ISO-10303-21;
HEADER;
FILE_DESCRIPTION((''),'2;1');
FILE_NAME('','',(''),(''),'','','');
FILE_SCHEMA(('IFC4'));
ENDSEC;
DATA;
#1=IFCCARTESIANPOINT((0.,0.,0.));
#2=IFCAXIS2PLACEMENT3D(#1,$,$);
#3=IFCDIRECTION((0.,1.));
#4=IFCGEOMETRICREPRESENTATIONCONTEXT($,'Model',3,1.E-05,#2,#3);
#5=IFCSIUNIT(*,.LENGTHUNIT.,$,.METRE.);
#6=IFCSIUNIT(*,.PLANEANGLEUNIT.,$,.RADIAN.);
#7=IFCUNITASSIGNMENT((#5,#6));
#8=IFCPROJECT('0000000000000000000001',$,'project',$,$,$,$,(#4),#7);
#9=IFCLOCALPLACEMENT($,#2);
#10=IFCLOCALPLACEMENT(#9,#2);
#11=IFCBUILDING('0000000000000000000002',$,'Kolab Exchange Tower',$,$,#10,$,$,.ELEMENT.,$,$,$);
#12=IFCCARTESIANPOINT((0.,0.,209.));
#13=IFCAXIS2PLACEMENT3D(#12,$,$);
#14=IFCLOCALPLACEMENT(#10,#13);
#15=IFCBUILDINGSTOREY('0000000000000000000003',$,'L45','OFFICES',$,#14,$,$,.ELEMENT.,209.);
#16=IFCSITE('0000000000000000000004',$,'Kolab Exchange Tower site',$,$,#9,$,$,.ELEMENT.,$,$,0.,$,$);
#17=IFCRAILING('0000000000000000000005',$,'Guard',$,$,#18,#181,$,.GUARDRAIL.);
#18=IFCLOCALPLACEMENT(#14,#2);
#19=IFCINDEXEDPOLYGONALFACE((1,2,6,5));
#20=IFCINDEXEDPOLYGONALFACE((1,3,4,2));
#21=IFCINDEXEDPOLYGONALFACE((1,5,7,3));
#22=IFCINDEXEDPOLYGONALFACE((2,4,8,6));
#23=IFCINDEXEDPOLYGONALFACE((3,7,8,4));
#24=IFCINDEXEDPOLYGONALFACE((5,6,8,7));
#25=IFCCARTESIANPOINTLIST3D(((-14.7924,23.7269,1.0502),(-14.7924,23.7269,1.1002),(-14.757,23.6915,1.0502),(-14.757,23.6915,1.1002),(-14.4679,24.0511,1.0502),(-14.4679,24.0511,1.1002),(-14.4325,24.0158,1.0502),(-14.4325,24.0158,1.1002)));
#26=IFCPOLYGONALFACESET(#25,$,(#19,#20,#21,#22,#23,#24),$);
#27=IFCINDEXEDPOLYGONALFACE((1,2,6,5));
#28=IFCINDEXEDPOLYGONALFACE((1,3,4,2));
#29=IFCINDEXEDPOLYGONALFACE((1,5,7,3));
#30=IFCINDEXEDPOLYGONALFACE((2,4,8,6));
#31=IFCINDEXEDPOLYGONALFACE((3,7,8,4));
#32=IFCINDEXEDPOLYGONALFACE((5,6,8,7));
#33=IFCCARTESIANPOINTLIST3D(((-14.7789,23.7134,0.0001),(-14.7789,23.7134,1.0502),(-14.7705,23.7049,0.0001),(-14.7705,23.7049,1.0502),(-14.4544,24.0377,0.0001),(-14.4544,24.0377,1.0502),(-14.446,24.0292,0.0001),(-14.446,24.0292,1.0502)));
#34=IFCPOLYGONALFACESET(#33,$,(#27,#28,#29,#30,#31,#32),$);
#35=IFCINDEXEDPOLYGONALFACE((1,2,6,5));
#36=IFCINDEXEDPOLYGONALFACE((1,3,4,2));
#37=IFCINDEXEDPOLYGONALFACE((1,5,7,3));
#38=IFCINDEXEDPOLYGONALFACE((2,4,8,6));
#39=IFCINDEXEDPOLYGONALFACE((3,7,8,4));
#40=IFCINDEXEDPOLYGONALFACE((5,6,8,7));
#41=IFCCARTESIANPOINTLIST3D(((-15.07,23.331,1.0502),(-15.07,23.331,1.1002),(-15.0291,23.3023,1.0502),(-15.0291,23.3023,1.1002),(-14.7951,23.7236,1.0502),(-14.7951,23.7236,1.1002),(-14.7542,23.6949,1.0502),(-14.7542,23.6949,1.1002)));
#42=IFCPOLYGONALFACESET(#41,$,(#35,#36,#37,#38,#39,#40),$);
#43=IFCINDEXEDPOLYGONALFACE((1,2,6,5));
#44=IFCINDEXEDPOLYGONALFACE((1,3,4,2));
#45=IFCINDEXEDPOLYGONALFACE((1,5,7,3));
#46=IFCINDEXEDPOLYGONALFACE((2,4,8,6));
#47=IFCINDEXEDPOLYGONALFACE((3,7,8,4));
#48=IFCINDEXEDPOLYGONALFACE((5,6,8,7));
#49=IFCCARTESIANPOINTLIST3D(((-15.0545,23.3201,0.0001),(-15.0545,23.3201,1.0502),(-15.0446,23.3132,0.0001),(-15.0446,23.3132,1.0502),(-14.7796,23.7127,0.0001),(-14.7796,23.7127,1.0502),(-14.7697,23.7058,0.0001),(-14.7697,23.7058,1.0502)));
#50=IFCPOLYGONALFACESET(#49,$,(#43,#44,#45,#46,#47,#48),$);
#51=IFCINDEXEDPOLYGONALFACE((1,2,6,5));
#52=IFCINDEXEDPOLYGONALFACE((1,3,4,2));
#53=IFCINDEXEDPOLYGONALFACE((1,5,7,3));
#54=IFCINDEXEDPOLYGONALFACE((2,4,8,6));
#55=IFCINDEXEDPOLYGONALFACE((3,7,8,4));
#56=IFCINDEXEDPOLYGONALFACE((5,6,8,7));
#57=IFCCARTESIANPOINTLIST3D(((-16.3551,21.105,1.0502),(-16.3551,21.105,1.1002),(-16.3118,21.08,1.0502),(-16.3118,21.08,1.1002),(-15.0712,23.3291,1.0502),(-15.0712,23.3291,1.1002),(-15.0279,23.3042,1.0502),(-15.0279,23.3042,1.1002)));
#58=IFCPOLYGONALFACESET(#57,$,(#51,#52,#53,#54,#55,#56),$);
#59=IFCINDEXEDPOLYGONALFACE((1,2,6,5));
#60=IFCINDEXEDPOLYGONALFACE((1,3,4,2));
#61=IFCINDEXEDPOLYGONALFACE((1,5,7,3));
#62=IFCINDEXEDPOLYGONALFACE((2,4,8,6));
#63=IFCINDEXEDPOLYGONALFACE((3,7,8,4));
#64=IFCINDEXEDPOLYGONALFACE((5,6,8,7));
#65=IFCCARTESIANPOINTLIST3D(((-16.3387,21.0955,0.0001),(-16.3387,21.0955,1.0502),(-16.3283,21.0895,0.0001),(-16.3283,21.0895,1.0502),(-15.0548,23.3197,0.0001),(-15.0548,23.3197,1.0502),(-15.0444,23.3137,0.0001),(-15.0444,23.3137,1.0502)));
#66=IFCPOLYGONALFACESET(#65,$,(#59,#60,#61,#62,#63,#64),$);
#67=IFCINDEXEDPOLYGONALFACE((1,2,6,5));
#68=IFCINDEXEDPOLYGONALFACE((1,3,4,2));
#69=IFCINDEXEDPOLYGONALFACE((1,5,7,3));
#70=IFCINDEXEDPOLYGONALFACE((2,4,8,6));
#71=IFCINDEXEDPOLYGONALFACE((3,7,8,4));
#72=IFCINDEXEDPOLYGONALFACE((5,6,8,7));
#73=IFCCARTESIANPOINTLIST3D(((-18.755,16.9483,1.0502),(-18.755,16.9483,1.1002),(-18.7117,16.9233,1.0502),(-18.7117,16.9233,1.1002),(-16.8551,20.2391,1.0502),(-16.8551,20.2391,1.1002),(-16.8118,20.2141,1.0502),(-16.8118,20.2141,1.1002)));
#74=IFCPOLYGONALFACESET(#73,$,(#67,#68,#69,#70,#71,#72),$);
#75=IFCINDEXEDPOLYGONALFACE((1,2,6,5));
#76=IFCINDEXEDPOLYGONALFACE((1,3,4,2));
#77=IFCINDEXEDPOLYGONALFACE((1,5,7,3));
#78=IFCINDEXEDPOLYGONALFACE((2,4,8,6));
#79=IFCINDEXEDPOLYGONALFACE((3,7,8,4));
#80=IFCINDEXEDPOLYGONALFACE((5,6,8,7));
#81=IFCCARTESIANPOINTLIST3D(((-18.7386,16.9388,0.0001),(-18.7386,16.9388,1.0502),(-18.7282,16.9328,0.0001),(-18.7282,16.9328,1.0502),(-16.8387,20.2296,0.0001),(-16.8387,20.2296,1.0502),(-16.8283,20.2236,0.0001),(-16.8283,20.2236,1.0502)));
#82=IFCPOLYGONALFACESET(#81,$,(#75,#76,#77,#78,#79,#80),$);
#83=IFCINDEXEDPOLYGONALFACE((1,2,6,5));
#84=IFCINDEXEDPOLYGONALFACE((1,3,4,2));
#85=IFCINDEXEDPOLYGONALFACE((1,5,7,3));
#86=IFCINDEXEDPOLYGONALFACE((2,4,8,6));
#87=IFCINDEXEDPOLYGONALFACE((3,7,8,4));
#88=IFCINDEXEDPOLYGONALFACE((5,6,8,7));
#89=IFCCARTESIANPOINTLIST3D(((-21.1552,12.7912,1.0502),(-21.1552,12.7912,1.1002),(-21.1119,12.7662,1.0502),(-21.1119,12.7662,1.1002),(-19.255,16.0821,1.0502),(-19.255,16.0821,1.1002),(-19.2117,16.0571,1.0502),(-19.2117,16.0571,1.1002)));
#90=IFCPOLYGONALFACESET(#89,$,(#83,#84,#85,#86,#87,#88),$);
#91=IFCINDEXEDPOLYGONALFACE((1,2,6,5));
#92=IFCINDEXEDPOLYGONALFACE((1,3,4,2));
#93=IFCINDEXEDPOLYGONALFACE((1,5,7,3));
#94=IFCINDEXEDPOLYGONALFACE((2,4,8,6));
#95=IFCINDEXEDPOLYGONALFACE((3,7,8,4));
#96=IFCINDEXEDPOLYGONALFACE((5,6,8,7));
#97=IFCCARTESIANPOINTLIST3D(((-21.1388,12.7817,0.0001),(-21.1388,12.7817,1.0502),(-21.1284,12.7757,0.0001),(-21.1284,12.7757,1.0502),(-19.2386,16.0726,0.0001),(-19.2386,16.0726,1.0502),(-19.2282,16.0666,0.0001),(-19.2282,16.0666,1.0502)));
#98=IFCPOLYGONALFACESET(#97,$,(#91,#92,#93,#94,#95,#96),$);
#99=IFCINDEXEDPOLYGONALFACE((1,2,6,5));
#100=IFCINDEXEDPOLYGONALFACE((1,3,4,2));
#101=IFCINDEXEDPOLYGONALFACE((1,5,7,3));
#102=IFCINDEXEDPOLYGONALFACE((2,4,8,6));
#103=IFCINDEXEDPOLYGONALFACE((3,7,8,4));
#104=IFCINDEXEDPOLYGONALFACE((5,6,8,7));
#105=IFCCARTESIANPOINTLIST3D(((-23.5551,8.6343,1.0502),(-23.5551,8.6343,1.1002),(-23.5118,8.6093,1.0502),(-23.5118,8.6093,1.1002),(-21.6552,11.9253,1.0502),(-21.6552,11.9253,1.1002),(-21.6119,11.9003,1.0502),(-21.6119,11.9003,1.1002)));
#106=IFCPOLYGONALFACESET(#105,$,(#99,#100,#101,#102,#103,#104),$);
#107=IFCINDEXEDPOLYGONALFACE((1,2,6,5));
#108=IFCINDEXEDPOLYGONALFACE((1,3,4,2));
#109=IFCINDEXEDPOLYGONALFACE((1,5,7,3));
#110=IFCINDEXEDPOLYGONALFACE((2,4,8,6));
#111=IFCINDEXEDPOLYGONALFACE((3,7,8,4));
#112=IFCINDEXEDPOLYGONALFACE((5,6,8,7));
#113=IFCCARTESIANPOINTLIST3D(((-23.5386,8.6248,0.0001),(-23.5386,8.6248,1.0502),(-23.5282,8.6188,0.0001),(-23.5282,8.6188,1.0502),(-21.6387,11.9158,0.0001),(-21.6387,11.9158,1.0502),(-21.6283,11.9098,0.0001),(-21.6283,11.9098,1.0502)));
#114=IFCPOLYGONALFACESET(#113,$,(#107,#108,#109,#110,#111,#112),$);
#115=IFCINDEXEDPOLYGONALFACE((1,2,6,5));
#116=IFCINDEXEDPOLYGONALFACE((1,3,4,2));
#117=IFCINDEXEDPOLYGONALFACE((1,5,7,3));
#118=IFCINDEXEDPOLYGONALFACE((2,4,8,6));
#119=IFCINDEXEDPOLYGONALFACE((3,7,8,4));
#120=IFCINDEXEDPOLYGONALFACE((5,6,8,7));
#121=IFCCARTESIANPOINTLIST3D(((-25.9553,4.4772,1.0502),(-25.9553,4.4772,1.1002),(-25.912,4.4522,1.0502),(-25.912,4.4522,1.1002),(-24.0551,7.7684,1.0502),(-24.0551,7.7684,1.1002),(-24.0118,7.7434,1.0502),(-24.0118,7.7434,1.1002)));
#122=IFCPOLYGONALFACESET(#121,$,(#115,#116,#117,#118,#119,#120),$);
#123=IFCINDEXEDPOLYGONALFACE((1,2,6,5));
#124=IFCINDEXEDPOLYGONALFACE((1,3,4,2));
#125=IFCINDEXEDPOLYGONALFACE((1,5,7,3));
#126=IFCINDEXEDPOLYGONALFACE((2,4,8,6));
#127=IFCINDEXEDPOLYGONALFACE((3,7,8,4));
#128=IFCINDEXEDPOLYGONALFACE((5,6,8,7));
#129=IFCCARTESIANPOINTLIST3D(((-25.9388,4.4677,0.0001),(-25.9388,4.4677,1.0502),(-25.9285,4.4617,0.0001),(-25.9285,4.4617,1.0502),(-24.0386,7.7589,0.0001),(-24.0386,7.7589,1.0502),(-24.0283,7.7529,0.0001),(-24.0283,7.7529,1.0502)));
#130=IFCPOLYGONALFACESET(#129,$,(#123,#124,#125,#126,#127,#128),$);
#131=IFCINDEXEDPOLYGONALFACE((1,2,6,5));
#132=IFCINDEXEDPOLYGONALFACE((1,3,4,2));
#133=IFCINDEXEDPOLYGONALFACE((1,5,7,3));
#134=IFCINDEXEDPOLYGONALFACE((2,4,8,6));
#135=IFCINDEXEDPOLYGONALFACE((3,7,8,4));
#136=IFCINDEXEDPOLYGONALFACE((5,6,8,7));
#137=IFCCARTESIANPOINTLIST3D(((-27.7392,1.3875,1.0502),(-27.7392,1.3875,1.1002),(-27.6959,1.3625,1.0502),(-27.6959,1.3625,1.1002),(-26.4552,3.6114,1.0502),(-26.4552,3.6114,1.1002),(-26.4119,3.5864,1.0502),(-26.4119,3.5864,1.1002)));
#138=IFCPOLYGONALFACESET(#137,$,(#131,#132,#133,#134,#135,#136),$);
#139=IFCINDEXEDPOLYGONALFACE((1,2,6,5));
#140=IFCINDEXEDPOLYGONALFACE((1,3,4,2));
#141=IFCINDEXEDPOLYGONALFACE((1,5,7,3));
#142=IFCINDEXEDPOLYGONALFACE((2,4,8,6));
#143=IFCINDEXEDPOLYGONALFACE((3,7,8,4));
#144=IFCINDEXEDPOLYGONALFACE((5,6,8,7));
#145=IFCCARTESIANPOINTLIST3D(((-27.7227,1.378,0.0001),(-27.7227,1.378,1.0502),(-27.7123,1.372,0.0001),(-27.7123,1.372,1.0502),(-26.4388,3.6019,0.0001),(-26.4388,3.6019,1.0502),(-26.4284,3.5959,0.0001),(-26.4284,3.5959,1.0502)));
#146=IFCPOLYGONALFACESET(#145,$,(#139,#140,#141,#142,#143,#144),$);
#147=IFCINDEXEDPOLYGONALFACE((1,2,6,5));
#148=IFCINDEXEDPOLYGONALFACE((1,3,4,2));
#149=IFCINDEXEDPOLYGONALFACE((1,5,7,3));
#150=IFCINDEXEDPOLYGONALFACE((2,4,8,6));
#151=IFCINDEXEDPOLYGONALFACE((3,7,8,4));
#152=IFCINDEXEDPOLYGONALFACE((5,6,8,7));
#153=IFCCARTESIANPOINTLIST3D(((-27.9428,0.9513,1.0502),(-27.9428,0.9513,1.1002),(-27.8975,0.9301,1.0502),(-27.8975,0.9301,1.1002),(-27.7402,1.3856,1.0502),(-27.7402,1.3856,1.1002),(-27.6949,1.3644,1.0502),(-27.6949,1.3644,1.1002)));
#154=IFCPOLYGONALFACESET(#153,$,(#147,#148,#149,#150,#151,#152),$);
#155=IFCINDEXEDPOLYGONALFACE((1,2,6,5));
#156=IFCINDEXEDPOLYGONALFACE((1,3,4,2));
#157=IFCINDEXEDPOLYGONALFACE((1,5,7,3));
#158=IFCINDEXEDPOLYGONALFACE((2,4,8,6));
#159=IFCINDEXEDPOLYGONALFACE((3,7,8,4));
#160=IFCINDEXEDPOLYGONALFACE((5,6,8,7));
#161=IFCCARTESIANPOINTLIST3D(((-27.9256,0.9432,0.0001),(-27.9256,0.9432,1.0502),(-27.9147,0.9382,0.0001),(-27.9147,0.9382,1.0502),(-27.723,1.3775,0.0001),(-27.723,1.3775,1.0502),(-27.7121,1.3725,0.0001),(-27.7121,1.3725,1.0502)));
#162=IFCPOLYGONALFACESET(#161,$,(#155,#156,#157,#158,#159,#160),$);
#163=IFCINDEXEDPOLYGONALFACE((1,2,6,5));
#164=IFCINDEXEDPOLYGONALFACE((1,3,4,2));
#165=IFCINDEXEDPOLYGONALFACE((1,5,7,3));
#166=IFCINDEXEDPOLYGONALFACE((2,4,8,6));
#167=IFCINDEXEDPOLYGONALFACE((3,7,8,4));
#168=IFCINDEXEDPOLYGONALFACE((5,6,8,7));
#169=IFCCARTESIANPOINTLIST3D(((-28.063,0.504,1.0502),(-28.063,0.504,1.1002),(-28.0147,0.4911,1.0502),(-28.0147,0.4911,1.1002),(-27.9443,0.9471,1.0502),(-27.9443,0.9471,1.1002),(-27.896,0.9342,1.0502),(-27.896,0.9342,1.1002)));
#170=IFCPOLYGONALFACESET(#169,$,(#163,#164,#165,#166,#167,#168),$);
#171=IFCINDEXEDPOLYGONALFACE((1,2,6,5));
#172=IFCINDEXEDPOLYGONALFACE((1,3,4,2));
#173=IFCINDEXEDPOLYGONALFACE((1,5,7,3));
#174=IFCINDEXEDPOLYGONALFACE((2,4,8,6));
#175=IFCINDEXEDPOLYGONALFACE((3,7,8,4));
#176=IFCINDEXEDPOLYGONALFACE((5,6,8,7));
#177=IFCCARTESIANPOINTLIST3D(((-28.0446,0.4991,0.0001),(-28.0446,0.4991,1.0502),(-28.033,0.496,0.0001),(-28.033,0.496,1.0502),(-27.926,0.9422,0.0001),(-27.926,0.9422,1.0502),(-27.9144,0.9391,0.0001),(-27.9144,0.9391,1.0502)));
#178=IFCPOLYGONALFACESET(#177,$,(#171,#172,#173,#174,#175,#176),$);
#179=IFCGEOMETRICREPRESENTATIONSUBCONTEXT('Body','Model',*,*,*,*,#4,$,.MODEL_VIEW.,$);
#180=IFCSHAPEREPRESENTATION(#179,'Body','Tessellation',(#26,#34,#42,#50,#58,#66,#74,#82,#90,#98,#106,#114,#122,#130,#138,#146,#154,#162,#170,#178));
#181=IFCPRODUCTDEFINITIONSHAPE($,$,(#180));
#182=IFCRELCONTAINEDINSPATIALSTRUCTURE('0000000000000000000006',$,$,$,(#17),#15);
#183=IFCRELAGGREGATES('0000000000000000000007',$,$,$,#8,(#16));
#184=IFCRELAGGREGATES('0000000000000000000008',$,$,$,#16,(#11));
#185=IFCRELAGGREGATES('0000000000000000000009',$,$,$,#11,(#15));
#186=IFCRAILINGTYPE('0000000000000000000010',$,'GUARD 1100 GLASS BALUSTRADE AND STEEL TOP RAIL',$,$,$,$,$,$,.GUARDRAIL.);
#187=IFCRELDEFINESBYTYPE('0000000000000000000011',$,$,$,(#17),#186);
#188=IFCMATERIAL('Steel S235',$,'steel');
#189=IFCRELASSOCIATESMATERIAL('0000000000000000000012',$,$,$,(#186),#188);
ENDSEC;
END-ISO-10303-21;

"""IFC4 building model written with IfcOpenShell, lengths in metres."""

from ifc_helpers import new_model, si_unit, direction, frame, frame_2d, origin, origin_2d, place, context, subcontext, project, spatial, rectangle, extrude, material, type_object, element, save


model = new_model("IFC4")

# Units and contexts
model_context = context("Model", 3, precision=1e-05, world=origin(), true_north=direction((0.0, 1.0)))
body_context = subcontext(model_context, "Body", "Model", "MODEL_VIEW")
ifc_project = project(units=[si_unit("LENGTHUNIT", "METRE"), si_unit("PLANEANGLEUNIT", "RADIAN")], contexts=[model_context])

# Site, building, storey
site_placement = place(None, origin())
site = spatial("IfcSite", under=ifc_project, at=site_placement, Name="Kolab Exchange Tower site", CompositionType="ELEMENT", RefElevation=0.0)
building_placement = place(site_placement, origin())
building = spatial("IfcBuilding", under=site, at=building_placement, Name="Kolab Exchange Tower", CompositionType="ELEMENT")
storey_placement = place(building_placement, frame((0.0, 0.0, 209.0)))
storey = spatial("IfcBuildingStorey", under=building, at=storey_placement, Name="L45", Description="OFFICES", CompositionType="ELEMENT", Elevation=209.0)

# Shared definitions
ifc_material_1 = material(Name="Steel S235", Category="steel")

# Railing
railing_type = type_object("IfcRailingType", Name="GUARD 1100 GLASS BALUSTRADE AND STEEL TOP RAIL", PredefinedType="GUARDRAIL", material=ifc_material_1)
railing_placement = place(storey_placement, frame((-14.4502, 24.0334, 0.0)))
element("IfcRailing", 1, at=railing_placement, inside=storey, type_object=railing_type, Name="Guard", PredefinedType="GUARDRAIL", context=body_context, shape_type="SweptSolid", body=[
    extrude(rectangle(XDim=0.05, YDim=0.05, at=origin_2d()), frame((0.0, 0.0, 1.0752), z_axis=(-0.707373, -0.706841, 0.0), x_axis=(0.706841, -0.707373, 0.0)), (0.0, 0.0, 1.0), 0.4587),
    extrude(rectangle(XDim=0.012, YDim=1.0501, at=frame_2d((0.0, 0.5251))), frame((0.0, 0.0, 0.0), z_axis=(-0.707373, -0.706841, 0.0), x_axis=(0.706841, -0.707373, 0.0)), (0.0, 0.0, 1.0), 0.4587),
    extrude(rectangle(XDim=0.05, YDim=0.05, at=origin_2d()), frame((-0.3245, -0.3242, 1.0752), z_axis=(-0.573599, -0.819136, 0.0), x_axis=(0.819136, -0.573599, 0.0)), (0.0, 0.0, 1.0), 0.4792),
    extrude(rectangle(XDim=0.012, YDim=1.0501, at=frame_2d((0.0, 0.5251))), frame((-0.3245, -0.3242, 0.0), z_axis=(-0.573599, -0.819136, 0.0), x_axis=(0.819136, -0.573599, 0.0)), (0.0, 0.0, 1.0), 0.4792),
    extrude(rectangle(XDim=0.05, YDim=0.05, at=origin_2d()), frame((-0.5994, -0.7168, 1.0752), z_axis=(-0.499953, -0.866053, 0.0), x_axis=(0.866053, -0.499953, 0.0)), (0.0, 0.0, 1.0), 2.5681),
    extrude(rectangle(XDim=0.012, YDim=1.0501, at=frame_2d((0.0, 0.5251))), frame((-0.5994, -0.7168, 0.0), z_axis=(-0.499953, -0.866053, 0.0), x_axis=(0.866053, -0.499953, 0.0)), (0.0, 0.0, 1.0), 2.5681),
    extrude(rectangle(XDim=0.05, YDim=0.05, at=origin_2d()), frame((-2.3833, -3.8069, 1.0752), z_axis=(-0.499995, -0.866028, 0.0), x_axis=(0.866028, -0.499995, 0.0)), (0.0, 0.0, 1.0), 3.7998),
    extrude(rectangle(XDim=0.012, YDim=1.0501, at=frame_2d((0.0, 0.5251))), frame((-2.3833, -3.8069, 0.0), z_axis=(-0.499995, -0.866028, 0.0), x_axis=(0.866028, -0.499995, 0.0)), (0.0, 0.0, 1.0), 3.7998),
    extrude(rectangle(XDim=0.05, YDim=0.05, at=origin_2d()), frame((-4.7832, -7.9639, 1.0752), z_axis=(-0.500043, -0.866, 0.0), x_axis=(0.866, -0.500043, 0.0)), (0.0, 0.0, 1.0), 3.8),
    extrude(rectangle(XDim=0.012, YDim=1.0501, at=frame_2d((0.0, 0.5251))), frame((-4.7832, -7.9639, 0.0), z_axis=(-0.500043, -0.866, 0.0), x_axis=(0.866, -0.500043, 0.0)), (0.0, 0.0, 1.0), 3.8),
    extrude(rectangle(XDim=0.05, YDim=0.05, at=origin_2d()), frame((-7.1833, -12.1206, 1.0752), z_axis=(-0.499967, -0.866044, 0.0), x_axis=(0.866044, -0.499967, 0.0)), (0.0, 0.0, 1.0), 3.8),
    extrude(rectangle(XDim=0.012, YDim=1.0501, at=frame_2d((0.0, 0.5251))), frame((-7.1833, -12.1206, 0.0), z_axis=(-0.499967, -0.866044, 0.0), x_axis=(0.866044, -0.499967, 0.0)), (0.0, 0.0, 1.0), 3.8),
    extrude(rectangle(XDim=0.05, YDim=0.05, at=origin_2d()), frame((-9.5833, -16.2776, 1.0752), z_axis=(-0.500015, -0.866017, 0.0), x_axis=(0.866017, -0.500015, 0.0)), (0.0, 0.0, 1.0), 3.8003),
    extrude(rectangle(XDim=0.012, YDim=1.0501, at=frame_2d((0.0, 0.5251))), frame((-9.5833, -16.2776, 0.0), z_axis=(-0.500015, -0.866017, 0.0), x_axis=(0.866017, -0.500015, 0.0)), (0.0, 0.0, 1.0), 3.8003),
    extrude(rectangle(XDim=0.05, YDim=0.05, at=origin_2d()), frame((-11.9834, -20.4346, 1.0752), z_axis=(-0.499994, -0.866029, 0.0), x_axis=(0.866029, -0.499994, 0.0)), (0.0, 0.0, 1.0), 2.5679),
    extrude(rectangle(XDim=0.012, YDim=1.0501, at=frame_2d((0.0, 0.5251))), frame((-11.9834, -20.4346, 0.0), z_axis=(-0.499994, -0.866029, 0.0), x_axis=(0.866029, -0.499994, 0.0)), (0.0, 0.0, 1.0), 2.5679),
    extrude(rectangle(XDim=0.05, YDim=0.05, at=origin_2d()), frame((-13.2673, -22.6584, 1.0752), z_axis=(-0.422802, -0.906222, 0.0), x_axis=(0.906222, -0.422802, 0.0)), (0.0, 0.0, 1.0), 0.4792),
    extrude(rectangle(XDim=0.012, YDim=1.0501, at=frame_2d((0.0, 0.5251))), frame((-13.2673, -22.6584, 0.0), z_axis=(-0.422802, -0.906222, 0.0), x_axis=(0.906222, -0.422802, 0.0)), (0.0, 0.0, 1.0), 0.4792),
    extrude(rectangle(XDim=0.05, YDim=0.05, at=origin_2d()), frame((-13.47, -23.0928, 1.0752), z_axis=(-0.258656, -0.965969, 0.0), x_axis=(0.965969, -0.258656, 0.0)), (0.0, 0.0, 1.0), 0.4587),
    extrude(rectangle(XDim=0.012, YDim=1.0501, at=frame_2d((0.0, 0.5251))), frame((-13.47, -23.0928, 0.0), z_axis=(-0.258656, -0.965969, 0.0), x_axis=(0.965969, -0.258656, 0.0)), (0.0, 0.0, 1.0), 0.4587),
])

save(model, "model.ifc")
